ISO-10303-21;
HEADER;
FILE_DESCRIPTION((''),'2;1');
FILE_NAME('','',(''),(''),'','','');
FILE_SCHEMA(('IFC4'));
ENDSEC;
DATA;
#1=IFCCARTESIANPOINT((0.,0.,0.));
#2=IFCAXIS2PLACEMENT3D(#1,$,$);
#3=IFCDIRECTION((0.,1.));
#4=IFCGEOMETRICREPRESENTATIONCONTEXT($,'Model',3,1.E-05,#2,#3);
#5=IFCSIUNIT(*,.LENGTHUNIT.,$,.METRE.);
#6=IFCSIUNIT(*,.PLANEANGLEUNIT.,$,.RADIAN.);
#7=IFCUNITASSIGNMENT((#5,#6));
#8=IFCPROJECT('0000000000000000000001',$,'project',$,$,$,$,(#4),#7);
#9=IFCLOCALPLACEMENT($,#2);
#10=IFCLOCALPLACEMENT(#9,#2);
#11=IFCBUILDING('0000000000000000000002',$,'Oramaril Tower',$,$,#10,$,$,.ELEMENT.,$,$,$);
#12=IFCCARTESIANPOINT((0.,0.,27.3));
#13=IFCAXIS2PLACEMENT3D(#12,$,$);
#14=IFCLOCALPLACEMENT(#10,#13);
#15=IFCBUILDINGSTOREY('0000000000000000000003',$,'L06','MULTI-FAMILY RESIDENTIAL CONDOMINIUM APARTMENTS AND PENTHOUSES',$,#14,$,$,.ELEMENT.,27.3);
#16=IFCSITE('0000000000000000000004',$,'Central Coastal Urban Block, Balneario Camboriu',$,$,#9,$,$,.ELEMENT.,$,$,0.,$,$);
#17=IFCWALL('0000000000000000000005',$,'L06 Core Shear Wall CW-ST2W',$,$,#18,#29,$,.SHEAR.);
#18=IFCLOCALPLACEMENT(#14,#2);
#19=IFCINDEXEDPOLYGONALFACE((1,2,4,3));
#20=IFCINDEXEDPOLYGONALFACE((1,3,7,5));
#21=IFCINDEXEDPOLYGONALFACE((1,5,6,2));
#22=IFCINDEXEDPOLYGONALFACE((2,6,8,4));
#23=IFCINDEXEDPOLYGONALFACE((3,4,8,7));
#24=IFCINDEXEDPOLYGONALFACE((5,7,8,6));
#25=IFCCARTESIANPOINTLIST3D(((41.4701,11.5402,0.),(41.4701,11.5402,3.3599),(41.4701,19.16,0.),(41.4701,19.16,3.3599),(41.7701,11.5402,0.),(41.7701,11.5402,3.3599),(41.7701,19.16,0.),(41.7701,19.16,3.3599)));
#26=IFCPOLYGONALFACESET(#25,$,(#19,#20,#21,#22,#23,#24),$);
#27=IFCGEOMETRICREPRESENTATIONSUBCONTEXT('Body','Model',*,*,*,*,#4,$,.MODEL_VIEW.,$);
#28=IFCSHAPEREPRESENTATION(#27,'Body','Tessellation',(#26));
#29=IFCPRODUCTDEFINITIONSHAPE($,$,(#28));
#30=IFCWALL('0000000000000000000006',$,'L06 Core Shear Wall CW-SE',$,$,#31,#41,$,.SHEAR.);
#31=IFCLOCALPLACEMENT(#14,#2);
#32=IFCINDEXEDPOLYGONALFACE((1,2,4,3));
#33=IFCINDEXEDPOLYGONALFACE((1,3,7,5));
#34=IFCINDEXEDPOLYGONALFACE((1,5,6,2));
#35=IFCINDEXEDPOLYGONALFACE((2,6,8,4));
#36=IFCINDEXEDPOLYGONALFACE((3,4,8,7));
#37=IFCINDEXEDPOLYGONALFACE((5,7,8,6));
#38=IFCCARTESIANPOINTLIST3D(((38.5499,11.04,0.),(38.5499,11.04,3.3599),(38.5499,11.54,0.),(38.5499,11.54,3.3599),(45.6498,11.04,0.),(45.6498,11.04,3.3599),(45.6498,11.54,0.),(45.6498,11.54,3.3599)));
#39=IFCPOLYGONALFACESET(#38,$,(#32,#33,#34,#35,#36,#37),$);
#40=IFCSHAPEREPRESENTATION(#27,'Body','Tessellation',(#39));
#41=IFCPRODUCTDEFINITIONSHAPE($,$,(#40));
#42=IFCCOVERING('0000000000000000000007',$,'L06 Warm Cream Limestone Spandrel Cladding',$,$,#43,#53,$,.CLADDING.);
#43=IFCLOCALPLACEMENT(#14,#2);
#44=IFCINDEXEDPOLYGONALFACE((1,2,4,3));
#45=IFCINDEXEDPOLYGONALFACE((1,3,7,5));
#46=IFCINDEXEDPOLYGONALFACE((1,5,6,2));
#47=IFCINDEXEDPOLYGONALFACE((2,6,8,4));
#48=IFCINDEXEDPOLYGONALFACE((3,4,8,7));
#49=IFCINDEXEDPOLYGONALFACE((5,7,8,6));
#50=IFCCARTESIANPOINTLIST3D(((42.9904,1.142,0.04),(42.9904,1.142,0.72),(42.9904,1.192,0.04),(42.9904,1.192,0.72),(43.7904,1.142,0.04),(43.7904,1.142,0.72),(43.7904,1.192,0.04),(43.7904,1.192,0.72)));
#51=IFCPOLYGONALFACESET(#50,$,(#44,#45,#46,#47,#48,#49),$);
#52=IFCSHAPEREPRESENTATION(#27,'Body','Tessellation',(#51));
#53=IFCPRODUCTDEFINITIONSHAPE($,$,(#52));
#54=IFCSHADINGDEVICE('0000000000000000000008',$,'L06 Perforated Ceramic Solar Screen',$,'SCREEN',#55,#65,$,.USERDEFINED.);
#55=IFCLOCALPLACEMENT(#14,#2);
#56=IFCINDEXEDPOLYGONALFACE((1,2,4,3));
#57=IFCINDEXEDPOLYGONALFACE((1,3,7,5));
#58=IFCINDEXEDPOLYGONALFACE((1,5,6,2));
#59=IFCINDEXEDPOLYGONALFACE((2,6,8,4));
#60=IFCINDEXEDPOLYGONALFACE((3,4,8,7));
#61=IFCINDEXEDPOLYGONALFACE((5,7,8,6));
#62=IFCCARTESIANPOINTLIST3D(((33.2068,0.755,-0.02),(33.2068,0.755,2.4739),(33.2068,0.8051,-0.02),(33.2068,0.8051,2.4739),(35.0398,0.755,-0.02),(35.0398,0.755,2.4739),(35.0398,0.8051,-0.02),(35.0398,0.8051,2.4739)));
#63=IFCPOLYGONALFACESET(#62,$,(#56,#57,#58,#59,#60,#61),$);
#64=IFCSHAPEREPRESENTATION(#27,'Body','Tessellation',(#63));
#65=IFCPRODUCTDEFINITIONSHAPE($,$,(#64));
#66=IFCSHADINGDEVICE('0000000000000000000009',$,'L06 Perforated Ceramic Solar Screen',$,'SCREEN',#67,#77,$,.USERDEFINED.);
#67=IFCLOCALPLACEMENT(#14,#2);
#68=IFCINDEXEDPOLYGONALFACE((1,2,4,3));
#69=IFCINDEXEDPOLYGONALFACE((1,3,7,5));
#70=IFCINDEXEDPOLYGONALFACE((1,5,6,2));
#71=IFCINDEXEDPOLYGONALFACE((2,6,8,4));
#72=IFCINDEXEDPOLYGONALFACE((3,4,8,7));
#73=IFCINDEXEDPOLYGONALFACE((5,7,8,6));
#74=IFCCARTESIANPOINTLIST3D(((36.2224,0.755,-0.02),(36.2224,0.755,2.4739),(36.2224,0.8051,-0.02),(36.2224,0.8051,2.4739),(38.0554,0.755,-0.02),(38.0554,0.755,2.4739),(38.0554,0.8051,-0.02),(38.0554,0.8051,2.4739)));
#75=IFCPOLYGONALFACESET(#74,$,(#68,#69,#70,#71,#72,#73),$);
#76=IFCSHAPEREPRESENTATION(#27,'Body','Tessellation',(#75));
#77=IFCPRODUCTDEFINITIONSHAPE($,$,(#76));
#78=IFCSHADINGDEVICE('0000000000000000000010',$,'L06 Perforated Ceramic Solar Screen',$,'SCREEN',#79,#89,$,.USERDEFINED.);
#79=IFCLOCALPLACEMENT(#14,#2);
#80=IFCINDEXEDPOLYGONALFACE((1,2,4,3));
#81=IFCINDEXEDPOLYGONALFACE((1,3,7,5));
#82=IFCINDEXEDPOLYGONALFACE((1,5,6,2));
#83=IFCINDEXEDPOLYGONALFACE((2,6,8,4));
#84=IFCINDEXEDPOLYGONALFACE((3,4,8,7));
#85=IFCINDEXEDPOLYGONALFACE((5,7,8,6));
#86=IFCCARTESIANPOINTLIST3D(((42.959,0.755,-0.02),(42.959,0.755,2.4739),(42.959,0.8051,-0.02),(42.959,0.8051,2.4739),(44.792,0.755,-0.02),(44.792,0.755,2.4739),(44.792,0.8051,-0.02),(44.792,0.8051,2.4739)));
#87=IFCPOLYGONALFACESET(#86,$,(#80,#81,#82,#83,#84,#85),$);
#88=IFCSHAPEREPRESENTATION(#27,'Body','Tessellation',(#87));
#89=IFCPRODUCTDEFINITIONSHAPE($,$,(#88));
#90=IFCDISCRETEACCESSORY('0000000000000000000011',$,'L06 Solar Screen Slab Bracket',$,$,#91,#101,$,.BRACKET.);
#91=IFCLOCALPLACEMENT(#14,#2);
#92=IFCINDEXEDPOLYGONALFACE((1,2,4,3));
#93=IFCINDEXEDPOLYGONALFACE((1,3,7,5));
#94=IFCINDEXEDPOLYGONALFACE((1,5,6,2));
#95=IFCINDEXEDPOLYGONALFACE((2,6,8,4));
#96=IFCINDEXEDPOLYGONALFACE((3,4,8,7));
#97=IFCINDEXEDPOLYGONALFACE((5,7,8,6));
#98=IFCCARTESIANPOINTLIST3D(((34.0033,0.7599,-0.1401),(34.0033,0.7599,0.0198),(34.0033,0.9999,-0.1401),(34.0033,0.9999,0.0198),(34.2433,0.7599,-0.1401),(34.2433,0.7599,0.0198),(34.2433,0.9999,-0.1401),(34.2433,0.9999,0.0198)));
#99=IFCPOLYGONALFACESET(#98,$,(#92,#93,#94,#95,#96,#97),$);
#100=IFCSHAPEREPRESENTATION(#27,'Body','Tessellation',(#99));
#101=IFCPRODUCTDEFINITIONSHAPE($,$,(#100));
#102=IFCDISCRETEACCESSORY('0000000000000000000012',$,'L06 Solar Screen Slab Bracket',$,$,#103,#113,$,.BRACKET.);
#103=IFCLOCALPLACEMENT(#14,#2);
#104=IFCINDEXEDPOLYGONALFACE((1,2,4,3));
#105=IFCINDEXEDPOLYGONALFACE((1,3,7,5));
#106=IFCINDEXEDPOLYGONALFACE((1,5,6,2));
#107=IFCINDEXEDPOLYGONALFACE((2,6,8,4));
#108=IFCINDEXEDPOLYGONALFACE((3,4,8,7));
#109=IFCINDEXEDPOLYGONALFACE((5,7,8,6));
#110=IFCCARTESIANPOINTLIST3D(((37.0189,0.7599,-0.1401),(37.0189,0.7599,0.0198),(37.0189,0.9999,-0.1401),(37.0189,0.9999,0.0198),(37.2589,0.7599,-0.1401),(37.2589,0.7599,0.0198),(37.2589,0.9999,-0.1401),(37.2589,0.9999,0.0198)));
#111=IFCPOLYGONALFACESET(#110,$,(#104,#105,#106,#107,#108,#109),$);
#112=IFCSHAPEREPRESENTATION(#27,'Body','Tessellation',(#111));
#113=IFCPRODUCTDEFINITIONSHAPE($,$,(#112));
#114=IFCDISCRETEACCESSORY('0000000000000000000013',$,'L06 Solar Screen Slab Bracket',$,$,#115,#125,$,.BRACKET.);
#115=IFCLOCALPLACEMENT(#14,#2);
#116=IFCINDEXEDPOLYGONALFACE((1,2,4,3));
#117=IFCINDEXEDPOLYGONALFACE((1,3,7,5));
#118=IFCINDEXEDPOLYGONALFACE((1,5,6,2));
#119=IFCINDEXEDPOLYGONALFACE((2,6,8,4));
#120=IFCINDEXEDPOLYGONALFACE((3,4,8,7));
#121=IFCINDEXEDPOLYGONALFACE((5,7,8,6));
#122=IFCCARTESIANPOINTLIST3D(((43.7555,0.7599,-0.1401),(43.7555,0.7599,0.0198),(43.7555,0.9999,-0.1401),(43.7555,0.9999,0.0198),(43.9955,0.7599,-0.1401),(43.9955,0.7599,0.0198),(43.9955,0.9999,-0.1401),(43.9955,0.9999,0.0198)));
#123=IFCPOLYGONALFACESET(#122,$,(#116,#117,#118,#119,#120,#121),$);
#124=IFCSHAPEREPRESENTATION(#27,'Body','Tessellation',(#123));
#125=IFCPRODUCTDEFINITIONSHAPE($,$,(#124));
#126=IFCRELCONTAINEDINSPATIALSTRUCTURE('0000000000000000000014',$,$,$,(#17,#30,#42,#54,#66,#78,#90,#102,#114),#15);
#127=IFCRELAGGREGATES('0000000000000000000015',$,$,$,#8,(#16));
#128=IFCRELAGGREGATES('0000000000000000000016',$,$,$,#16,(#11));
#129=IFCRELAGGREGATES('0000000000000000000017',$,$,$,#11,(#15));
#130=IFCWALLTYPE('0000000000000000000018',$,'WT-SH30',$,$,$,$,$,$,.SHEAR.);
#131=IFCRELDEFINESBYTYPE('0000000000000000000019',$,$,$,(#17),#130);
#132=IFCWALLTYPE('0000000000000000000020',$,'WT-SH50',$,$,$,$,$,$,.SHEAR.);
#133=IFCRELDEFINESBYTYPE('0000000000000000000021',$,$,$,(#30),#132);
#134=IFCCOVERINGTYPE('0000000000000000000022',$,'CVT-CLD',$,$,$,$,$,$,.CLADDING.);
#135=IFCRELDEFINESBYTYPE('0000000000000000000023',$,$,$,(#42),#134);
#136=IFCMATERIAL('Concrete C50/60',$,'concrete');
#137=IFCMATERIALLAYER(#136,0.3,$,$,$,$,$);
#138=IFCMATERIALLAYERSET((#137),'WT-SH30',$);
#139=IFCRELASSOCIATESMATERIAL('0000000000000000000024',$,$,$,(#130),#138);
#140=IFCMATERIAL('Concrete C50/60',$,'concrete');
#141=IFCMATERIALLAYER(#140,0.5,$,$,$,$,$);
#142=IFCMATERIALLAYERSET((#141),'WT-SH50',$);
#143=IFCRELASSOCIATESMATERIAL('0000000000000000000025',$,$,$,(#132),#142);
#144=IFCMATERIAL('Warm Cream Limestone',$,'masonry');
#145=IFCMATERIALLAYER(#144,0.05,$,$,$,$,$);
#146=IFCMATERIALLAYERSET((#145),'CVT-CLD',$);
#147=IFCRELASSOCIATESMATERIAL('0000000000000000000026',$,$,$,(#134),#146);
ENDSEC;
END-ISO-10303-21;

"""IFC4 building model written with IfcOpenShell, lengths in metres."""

from ifc_helpers import new_model, si_unit, direction, frame, frame_2d, origin, origin_2d, place, context, subcontext, project, spatial, rectangle, extrude, material, layer, layer_set, type_object, element, save


model = new_model("IFC4")

# Units and contexts
model_context = context("Model", 3, precision=1e-05, world=origin(), true_north=direction((0.0, 1.0)))
body_context = subcontext(model_context, "Body", "Model", "MODEL_VIEW")
ifc_project = project(units=[si_unit("LENGTHUNIT", "METRE"), si_unit("PLANEANGLEUNIT", "RADIAN")], contexts=[model_context])

# Site, building, storey
site_placement = place(None, origin())
site = spatial("IfcSite", under=ifc_project, at=site_placement, Name="Central Coastal Urban Block, Balneario Camboriu", CompositionType="ELEMENT", RefElevation=0.0)
building_placement = place(site_placement, origin())
building = spatial("IfcBuilding", under=site, at=building_placement, Name="Oramaril Tower", CompositionType="ELEMENT")
storey_placement = place(building_placement, frame((0.0, 0.0, 27.3)))
storey = spatial("IfcBuildingStorey", under=building, at=storey_placement, Name="L06", Description="MULTI-FAMILY RESIDENTIAL CONDOMINIUM APARTMENTS AND PENTHOUSES", CompositionType="ELEMENT", Elevation=27.3)

# Walls
ifc_material_1 = material(Name="Concrete C50/60", Category="concrete")
ifc_layer_1 = layer(ifc_material_1, 0.3)
ifc_layer_set_1 = layer_set([ifc_layer_1], Name="WT-SH30")
wall_type_1 = type_object("IfcWallType", Name="WT-SH30", PredefinedType="SHEAR", material=ifc_layer_set_1)
for number, where, z_axis, x_axis, name in (
    (1, (41.6201, 11.54, 0.0), (0.0, 0.0, 1.0), (0.0, 1.0, 0.0), "L06 Core Shear Wall CW-ST2W"),
):
    element("IfcWall", number, at=place(storey_placement, frame(where, z_axis=z_axis, x_axis=x_axis)), inside=storey, type_object=wall_type_1, Name=name, PredefinedType="SHEAR", context=body_context, shape_type="SweptSolid", body=[
        extrude(rectangle(XDim=7.6199, YDim=0.3, at=frame_2d((3.8101, 0.0))), origin(), (0.0, 0.0, 1.0), 3.3599),
    ])
ifc_material_2 = material(Name="Concrete C50/60", Category="concrete")
ifc_layer_2 = layer(ifc_material_2, 0.5)
ifc_layer_set_2 = layer_set([ifc_layer_2], Name="WT-SH50")
wall_type_2 = type_object("IfcWallType", Name="WT-SH50", PredefinedType="SHEAR", material=ifc_layer_set_2)
wall_1_placement = place(storey_placement, frame((38.55, 11.29, 0.0), z_axis=(0.0, 0.0, 1.0), x_axis=(1.0, 0.0, 0.0)))
element("IfcWall", 2, at=wall_1_placement, inside=storey, type_object=wall_type_2, Name="L06 Core Shear Wall CW-SE", PredefinedType="SHEAR", context=body_context, shape_type="SweptSolid", body=[
    extrude(rectangle(XDim=7.0999, YDim=0.5, at=frame_2d((3.5498, 0.0))), origin(), (0.0, 0.0, 1.0), 3.3599),
])

# Covering
ifc_material_3 = material(Name="Warm Cream Limestone", Category="masonry")
ifc_layer_3 = layer(ifc_material_3, 0.05)
ifc_layer_set_3 = layer_set([ifc_layer_3], Name="CVT-CLD")
covering_type = type_object("IfcCoveringType", Name="CVT-CLD", PredefinedType="CLADDING", material=ifc_layer_set_3)
covering_placement = place(storey_placement, frame((43.3904, 1.167, 0.04), z_axis=(0.0, 0.0, 1.0), x_axis=(1.0, 0.0, 0.0)))
element("IfcCovering", 3, at=covering_placement, inside=storey, type_object=covering_type, Name="L06 Warm Cream Limestone Spandrel Cladding", PredefinedType="CLADDING", context=body_context, shape_type="SweptSolid", body=[
    extrude(rectangle(XDim=0.8, YDim=0.05, at=origin_2d()), origin(), (0.0, 0.0, 1.0), 0.6799),
])

# Shading devices
for number, where, z_axis, x_axis, name in (
    (4, (34.1233, 0.78, -0.02), (0.0, 0.0, 1.0), (1.0, 0.0, 0.0), "L06 Perforated Ceramic Solar Screen"),
    (5, (37.1389, 0.78, -0.02), (0.0, 0.0, 1.0), (1.0, 0.0, 0.0), "L06 Perforated Ceramic Solar Screen"),
    (6, (43.8755, 0.78, -0.02), (0.0, 0.0, 1.0), (1.0, 0.0, 0.0), "L06 Perforated Ceramic Solar Screen"),
):
    element("IfcShadingDevice", number, at=place(storey_placement, frame(where, z_axis=z_axis, x_axis=x_axis)), inside=storey, Name=name, ObjectType="SCREEN", PredefinedType="USERDEFINED", context=body_context, shape_type="SweptSolid", body=[
        extrude(rectangle(XDim=1.833, YDim=0.05, at=origin_2d()), origin(), (0.0, 0.0, 1.0), 2.4939),
    ])

# Discrete accessories
for number, where, z_axis, x_axis, name in (
    (7, (34.1233, 0.8799, -0.1401), (0.0, 0.0, 1.0), (1.0, 0.0, 0.0), "L06 Solar Screen Slab Bracket"),
    (8, (37.1389, 0.8799, -0.1401), (0.0, 0.0, 1.0), (1.0, 0.0, 0.0), "L06 Solar Screen Slab Bracket"),
    (9, (43.8755, 0.8799, -0.1401), (0.0, 0.0, 1.0), (1.0, 0.0, 0.0), "L06 Solar Screen Slab Bracket"),
):
    element("IfcDiscreteAccessory", number, at=place(storey_placement, frame(where, z_axis=z_axis, x_axis=x_axis)), inside=storey, Name=name, PredefinedType="BRACKET", context=body_context, shape_type="SweptSolid", body=[
        extrude(rectangle(XDim=0.24, YDim=0.24, at=origin_2d()), origin(), (0.0, 0.0, 1.0), 0.1599),
    ])

save(model, "model.ifc")
